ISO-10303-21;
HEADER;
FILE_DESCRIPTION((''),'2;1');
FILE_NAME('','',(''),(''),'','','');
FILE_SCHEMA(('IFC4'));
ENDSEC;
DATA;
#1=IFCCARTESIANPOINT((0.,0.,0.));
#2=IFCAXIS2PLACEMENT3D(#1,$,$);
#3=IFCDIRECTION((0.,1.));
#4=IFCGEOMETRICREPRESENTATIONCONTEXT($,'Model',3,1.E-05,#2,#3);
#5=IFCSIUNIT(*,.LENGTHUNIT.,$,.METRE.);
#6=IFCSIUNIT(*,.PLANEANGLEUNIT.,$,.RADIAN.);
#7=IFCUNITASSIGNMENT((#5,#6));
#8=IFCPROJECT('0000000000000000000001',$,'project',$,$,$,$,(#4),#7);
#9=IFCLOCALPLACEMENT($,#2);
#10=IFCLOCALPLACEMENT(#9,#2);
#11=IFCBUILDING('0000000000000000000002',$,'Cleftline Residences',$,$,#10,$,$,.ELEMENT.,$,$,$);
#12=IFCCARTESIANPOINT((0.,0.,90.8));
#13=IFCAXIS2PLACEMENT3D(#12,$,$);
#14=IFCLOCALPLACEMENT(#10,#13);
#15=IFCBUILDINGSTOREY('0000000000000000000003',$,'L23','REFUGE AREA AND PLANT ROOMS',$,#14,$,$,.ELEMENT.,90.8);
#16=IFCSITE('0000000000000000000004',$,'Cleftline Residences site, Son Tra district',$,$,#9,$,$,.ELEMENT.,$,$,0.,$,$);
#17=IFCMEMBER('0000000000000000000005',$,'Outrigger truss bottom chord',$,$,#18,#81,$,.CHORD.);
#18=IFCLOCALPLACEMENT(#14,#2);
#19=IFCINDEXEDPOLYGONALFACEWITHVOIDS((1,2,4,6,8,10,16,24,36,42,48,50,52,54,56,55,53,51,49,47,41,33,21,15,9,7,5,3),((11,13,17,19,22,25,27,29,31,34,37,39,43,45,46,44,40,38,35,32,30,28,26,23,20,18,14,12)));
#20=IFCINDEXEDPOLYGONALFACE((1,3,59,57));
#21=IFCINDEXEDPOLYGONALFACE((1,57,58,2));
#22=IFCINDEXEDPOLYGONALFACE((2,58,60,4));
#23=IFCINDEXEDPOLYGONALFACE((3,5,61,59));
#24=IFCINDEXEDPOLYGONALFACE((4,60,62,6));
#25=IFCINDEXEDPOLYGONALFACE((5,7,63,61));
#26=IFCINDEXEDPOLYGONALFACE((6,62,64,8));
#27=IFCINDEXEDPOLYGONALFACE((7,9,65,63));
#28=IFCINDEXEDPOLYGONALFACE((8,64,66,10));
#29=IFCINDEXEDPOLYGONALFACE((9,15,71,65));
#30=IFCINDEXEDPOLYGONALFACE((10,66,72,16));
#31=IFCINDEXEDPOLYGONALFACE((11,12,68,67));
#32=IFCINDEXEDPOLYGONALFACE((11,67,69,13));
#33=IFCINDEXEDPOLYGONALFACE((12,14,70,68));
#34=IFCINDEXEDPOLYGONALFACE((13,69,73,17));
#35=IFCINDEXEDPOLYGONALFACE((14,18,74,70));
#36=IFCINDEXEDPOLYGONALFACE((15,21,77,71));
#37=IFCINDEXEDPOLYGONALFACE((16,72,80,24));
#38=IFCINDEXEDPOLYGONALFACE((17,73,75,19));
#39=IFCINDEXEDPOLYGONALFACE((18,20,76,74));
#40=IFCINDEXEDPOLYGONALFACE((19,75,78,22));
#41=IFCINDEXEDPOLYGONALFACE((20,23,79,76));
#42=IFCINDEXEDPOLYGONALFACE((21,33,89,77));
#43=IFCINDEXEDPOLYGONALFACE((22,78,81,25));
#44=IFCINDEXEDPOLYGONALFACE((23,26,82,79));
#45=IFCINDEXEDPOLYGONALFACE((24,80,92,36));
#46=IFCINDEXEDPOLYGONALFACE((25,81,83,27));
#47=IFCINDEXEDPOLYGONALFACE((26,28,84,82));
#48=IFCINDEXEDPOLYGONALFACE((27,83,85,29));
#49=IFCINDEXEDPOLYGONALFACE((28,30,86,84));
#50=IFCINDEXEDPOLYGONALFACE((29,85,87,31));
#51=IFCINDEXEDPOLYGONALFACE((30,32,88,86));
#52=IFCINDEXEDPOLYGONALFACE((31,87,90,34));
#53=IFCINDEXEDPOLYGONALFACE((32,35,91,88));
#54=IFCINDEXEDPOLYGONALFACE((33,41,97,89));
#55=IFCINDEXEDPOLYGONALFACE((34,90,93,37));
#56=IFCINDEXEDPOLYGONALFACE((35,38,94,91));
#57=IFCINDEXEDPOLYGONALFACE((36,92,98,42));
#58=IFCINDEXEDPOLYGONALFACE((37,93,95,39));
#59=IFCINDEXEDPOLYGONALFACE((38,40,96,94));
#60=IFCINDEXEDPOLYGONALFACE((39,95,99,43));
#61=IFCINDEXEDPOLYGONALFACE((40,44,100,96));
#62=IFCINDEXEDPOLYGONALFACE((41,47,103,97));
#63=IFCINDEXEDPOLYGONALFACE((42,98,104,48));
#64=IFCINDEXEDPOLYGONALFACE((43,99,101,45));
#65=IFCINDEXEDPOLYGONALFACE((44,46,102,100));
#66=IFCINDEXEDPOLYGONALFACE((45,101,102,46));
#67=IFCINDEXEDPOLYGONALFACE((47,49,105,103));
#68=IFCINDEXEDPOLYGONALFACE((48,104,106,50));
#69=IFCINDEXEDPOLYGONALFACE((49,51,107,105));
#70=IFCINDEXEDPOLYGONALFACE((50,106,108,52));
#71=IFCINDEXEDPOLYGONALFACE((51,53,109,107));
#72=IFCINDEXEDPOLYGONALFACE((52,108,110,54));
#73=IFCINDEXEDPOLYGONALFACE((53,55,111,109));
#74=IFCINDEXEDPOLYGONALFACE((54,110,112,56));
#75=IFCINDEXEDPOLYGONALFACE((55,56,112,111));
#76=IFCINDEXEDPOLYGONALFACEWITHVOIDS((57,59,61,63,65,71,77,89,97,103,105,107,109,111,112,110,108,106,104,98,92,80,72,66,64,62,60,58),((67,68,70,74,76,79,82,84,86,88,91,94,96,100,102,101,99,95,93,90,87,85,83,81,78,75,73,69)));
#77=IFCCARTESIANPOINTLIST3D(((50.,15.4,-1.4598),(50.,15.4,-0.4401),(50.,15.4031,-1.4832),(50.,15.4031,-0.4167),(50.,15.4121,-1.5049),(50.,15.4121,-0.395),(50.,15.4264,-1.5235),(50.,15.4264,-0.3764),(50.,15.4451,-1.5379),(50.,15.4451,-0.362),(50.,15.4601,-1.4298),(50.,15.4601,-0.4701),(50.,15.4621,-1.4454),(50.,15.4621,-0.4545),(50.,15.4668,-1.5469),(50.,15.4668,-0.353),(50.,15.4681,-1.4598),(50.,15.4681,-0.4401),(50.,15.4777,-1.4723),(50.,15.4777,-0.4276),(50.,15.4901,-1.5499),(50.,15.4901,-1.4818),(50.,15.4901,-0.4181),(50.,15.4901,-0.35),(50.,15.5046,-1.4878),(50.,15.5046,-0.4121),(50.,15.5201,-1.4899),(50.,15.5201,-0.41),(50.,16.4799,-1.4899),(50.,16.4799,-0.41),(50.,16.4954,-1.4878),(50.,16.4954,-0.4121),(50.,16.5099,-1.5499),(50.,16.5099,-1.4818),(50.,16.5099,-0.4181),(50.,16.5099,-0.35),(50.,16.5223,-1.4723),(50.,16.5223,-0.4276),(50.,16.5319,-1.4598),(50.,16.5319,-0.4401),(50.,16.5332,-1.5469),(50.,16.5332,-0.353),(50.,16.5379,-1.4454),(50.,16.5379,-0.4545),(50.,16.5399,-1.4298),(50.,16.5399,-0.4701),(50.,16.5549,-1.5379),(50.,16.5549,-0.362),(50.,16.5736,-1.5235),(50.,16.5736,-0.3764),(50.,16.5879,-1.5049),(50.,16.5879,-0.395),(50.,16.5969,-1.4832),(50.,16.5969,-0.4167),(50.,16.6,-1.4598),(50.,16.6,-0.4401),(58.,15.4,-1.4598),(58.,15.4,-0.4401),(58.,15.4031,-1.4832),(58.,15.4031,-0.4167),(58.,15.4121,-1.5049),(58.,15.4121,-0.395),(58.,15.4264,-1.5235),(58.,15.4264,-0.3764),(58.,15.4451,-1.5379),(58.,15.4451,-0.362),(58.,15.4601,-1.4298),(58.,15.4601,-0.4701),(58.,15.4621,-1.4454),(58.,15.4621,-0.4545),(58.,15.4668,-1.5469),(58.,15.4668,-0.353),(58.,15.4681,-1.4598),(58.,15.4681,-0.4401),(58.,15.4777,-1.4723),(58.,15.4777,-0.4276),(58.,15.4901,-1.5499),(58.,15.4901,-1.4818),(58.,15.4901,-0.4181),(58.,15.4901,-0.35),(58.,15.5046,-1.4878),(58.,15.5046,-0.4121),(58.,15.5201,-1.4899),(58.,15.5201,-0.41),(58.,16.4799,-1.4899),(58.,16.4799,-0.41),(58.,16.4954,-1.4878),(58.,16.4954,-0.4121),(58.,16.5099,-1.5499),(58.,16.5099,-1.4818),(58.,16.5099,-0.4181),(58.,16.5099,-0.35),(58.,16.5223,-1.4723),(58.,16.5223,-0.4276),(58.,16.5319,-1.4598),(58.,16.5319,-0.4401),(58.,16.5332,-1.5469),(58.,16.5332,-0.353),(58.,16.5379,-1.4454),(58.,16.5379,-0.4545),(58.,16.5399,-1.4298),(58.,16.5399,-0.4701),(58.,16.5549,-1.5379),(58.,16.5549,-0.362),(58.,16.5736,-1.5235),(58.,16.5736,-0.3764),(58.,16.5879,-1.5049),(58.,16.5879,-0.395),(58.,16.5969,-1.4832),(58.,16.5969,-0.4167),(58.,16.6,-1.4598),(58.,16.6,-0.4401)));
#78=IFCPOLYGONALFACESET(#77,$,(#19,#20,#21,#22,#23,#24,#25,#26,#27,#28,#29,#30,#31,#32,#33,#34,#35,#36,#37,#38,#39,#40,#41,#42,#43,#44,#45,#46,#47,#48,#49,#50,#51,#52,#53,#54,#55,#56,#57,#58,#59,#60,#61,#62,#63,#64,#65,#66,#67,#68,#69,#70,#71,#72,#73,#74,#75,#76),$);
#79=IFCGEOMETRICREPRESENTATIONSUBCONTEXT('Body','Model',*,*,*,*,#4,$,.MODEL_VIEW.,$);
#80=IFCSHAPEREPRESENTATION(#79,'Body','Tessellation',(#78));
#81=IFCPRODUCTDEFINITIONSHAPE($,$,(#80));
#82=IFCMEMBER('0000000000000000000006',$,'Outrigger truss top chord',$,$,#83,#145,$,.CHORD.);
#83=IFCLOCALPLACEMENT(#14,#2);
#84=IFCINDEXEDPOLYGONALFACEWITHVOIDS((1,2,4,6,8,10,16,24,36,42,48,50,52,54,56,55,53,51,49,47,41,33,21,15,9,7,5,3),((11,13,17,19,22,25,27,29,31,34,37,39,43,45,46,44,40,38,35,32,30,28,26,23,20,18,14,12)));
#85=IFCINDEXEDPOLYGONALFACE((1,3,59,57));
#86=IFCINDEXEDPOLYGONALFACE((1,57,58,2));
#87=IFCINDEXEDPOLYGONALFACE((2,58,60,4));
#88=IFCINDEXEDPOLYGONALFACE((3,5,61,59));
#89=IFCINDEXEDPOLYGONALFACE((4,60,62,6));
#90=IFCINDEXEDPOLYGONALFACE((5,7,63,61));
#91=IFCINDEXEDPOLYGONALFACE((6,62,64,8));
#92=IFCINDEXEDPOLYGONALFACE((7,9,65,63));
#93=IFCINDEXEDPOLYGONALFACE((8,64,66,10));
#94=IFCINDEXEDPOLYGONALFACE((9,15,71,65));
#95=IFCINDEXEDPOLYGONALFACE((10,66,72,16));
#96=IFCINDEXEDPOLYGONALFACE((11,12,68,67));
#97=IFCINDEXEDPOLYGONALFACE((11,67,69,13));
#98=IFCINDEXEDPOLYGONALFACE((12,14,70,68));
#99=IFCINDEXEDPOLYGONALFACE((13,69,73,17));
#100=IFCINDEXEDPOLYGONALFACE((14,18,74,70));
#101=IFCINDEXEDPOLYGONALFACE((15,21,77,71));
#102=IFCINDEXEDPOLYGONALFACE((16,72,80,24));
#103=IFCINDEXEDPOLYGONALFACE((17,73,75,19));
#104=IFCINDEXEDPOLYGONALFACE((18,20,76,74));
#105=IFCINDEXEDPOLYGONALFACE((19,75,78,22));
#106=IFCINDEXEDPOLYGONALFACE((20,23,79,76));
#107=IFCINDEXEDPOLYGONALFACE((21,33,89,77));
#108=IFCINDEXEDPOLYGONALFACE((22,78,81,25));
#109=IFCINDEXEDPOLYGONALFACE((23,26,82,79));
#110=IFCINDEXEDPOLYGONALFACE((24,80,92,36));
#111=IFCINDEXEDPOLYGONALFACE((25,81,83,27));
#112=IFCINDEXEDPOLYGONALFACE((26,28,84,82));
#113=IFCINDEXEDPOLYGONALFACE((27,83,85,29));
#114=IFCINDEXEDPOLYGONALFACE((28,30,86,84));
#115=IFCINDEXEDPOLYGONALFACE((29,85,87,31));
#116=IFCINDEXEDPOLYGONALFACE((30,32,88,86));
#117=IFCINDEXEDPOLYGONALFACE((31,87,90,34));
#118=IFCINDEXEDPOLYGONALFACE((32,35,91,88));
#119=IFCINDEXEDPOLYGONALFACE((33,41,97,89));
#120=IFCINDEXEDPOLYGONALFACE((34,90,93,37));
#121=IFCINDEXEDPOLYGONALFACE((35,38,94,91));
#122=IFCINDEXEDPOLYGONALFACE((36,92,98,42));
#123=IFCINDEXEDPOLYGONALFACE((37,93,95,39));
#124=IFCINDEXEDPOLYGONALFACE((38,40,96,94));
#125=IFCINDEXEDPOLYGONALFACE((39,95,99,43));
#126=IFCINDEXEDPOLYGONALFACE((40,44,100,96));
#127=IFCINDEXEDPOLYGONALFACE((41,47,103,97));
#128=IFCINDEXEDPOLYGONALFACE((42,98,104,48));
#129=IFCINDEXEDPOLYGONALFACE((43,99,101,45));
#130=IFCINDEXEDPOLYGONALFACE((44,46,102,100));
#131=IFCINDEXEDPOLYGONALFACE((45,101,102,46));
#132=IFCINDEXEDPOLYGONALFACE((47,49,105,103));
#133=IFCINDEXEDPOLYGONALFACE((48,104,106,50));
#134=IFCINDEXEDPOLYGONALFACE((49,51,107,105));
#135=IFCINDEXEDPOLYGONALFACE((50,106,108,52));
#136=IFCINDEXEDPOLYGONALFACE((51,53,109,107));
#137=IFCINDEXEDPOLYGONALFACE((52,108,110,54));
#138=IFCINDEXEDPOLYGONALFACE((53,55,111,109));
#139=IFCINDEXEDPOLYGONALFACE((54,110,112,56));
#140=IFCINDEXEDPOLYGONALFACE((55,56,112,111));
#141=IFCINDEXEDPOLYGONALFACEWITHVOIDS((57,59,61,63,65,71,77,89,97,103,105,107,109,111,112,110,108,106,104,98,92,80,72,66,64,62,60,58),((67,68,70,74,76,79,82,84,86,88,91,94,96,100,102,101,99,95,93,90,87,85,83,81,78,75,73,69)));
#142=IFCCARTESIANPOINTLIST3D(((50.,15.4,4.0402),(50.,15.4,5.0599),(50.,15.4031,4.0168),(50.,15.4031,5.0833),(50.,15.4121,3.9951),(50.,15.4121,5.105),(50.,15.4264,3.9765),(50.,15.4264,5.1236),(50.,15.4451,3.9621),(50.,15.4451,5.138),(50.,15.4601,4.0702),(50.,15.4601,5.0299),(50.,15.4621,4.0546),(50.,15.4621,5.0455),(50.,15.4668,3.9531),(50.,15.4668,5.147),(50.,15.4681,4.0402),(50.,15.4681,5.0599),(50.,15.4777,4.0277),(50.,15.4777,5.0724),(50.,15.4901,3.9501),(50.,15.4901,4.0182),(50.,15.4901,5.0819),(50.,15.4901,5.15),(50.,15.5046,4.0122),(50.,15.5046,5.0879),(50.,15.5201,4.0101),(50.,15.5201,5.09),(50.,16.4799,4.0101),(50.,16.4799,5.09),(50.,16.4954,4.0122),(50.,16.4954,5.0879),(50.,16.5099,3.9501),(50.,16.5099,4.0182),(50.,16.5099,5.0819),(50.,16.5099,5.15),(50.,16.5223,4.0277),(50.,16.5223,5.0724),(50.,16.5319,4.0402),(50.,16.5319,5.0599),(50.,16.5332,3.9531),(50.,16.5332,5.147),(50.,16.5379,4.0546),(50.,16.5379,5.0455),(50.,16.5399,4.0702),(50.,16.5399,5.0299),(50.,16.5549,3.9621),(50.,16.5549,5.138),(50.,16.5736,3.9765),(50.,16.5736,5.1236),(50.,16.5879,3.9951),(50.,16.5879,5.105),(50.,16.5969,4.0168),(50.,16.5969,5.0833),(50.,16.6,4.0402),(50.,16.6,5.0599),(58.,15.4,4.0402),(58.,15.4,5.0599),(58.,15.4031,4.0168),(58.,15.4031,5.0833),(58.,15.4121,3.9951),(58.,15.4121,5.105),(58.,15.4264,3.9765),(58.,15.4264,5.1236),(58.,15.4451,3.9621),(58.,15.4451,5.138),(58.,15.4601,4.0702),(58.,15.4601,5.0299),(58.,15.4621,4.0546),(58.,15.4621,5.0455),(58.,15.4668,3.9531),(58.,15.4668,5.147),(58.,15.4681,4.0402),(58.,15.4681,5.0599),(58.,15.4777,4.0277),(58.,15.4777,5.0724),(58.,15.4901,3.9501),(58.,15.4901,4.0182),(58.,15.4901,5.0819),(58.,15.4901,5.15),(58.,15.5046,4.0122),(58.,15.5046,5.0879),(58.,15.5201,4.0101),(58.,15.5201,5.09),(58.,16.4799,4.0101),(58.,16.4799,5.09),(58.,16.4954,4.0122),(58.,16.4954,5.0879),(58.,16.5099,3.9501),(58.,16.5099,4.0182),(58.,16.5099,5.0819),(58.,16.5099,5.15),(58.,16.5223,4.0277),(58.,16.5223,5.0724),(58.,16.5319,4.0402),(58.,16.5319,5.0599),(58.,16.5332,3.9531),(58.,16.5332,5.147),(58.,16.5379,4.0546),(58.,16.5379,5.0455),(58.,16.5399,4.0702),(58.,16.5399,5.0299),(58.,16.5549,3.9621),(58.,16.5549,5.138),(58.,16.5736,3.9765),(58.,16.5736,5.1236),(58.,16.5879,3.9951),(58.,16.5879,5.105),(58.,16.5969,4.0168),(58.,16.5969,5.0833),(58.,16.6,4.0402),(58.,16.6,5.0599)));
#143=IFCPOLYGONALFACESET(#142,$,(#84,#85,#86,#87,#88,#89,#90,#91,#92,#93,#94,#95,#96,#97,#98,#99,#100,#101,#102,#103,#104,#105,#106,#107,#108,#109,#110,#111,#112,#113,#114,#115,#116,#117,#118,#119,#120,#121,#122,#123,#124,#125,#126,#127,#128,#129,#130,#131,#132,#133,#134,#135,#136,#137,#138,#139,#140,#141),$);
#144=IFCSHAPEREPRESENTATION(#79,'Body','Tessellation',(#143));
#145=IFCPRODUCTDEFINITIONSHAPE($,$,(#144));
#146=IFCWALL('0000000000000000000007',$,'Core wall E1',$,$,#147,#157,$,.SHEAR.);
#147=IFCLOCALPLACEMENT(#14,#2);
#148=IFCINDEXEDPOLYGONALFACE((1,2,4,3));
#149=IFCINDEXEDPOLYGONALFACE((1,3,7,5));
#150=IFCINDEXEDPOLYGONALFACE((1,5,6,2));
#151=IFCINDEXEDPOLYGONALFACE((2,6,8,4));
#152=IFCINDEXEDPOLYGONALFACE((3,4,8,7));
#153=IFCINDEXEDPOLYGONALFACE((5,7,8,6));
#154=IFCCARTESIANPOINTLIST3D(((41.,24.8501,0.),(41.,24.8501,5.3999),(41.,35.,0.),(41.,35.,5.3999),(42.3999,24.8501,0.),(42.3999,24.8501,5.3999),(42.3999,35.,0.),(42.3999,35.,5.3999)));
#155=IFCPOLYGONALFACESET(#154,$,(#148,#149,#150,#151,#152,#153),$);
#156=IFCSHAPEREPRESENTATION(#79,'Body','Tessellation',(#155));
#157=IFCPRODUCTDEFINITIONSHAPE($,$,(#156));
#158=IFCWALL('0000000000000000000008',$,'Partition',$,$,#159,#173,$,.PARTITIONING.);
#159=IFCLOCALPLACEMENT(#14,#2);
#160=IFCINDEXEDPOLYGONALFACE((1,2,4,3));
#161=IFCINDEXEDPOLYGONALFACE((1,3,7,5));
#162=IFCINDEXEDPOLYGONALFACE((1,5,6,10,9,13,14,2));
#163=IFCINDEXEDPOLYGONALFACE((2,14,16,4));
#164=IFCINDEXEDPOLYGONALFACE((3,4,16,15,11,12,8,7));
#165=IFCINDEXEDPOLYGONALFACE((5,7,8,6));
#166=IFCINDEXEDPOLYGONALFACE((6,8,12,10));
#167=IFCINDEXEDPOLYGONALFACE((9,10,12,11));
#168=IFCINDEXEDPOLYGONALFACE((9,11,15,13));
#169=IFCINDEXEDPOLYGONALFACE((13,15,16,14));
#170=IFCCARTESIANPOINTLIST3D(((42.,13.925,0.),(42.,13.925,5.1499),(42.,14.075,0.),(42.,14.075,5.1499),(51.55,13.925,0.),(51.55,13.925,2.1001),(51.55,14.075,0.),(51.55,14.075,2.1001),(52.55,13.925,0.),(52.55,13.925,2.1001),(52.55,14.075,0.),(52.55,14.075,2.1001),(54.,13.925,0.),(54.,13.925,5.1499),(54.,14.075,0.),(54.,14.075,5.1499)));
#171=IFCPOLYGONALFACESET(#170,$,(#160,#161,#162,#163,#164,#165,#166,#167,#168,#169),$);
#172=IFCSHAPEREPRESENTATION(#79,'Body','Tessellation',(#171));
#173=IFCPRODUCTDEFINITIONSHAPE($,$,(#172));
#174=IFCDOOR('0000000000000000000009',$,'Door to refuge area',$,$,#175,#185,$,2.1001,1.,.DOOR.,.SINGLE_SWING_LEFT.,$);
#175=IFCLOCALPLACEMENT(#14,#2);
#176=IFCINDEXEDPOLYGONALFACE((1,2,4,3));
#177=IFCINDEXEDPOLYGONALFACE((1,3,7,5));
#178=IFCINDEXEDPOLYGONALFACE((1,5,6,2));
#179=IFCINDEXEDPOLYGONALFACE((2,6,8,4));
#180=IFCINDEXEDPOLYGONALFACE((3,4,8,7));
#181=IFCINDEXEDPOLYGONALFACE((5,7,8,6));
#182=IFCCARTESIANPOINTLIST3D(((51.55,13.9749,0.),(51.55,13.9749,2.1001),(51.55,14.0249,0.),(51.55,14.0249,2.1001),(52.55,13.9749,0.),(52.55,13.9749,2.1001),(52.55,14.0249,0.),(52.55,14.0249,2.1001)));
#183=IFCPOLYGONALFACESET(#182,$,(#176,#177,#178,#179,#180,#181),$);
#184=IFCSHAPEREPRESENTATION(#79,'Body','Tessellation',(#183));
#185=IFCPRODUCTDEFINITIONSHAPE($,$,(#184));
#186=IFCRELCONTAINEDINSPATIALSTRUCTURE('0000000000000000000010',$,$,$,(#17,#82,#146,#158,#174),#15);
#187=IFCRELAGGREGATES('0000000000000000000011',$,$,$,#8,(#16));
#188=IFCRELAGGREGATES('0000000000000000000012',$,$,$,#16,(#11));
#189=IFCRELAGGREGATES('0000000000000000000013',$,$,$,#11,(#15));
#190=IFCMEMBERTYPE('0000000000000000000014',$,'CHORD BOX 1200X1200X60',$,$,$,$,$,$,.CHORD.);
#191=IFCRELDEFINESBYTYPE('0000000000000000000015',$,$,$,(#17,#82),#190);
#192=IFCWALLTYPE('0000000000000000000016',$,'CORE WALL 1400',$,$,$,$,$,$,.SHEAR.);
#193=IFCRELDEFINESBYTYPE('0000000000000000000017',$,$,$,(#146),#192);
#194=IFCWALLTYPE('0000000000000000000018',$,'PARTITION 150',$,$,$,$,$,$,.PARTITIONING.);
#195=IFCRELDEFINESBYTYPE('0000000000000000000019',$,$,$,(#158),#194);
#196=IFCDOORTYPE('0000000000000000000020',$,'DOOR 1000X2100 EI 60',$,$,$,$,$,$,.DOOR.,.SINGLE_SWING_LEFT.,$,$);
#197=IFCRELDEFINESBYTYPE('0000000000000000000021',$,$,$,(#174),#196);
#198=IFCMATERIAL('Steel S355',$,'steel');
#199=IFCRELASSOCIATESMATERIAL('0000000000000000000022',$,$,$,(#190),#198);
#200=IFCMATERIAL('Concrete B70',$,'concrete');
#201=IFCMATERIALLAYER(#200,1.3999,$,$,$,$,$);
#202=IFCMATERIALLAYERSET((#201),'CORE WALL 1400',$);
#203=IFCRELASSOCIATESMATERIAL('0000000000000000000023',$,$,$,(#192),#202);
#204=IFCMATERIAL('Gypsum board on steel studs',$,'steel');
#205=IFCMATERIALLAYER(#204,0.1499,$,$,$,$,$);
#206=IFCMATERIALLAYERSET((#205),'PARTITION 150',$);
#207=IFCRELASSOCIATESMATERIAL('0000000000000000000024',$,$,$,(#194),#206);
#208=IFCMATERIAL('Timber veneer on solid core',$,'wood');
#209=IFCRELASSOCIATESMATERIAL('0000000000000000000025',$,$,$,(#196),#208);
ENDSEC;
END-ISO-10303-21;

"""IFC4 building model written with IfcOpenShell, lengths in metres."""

from ifc_helpers import new_model, si_unit, direction, frame, frame_2d, origin, origin_2d, place, context, subcontext, project, spatial, rectangle, hollow_rectangle, extrude, material, layer, layer_set, material_profile, profile_set, type_object, element, fill, save


model = new_model("IFC4")

# Units and contexts
model_context = context("Model", 3, precision=1e-05, world=origin(), true_north=direction((0.0, 1.0)))
body_context = subcontext(model_context, "Body", "Model", "MODEL_VIEW")
ifc_project = project(units=[si_unit("LENGTHUNIT", "METRE"), si_unit("PLANEANGLEUNIT", "RADIAN")], contexts=[model_context])

# Site, building, storey
site_placement = place(None, origin())
site = spatial("IfcSite", under=ifc_project, at=site_placement, Name="Cleftline Residences site, Son Tra district", CompositionType="ELEMENT", RefElevation=0.0)
building_placement = place(site_placement, origin())
building = spatial("IfcBuilding", under=site, at=building_placement, Name="Cleftline Residences", CompositionType="ELEMENT")
storey_placement = place(building_placement, frame((0.0, 0.0, 90.8)))
storey = spatial("IfcBuildingStorey", under=building, at=storey_placement, Name="L23", Description="REFUGE AREA AND PLANT ROOMS", CompositionType="ELEMENT", Elevation=90.8)

# Members
ifc_material_1 = material(Name="Steel S355", Category="steel")
ifc_material_profile_1 = material_profile(ifc_material_1, hollow_rectangle(XDim=1.2, YDim=1.2, WallThickness=0.0601, InnerFilletRadius=0.0601, OuterFilletRadius=0.0901, at=origin_2d()))
ifc_profile_set_1 = profile_set([ifc_material_profile_1], Name="Steel S355")
member_type_1 = type_object("IfcMemberType", Name="CHORD BOX 1200X1200X60", PredefinedType="CHORD", material=ifc_profile_set_1)
for number, where, z_axis, x_axis, name in (
    (1, (50.0, 16.0, -0.95), (1.0, 0.0, 0.0), (0.0, 1.0, 0.0), "Outrigger truss bottom chord"),
    (2, (50.0, 16.0, 4.55), (1.0, 0.0, 0.0), (0.0, 1.0, 0.0), "Outrigger truss top chord"),
):
    element("IfcMember", number, at=place(storey_placement, frame(where, z_axis=z_axis, x_axis=x_axis)), inside=storey, type_object=member_type_1, Name=name, PredefinedType="CHORD", context=body_context, shape_type="SweptSolid", body=[
        extrude(hollow_rectangle(XDim=1.2, YDim=1.2, WallThickness=0.0601, InnerFilletRadius=0.0601, OuterFilletRadius=0.0901, at=origin_2d()), origin(), (0.0, 0.0, 1.0), 8.0),
    ])

# Wall
ifc_material_2 = material(Name="Concrete B70", Category="concrete")
ifc_layer_1 = layer(ifc_material_2, 1.3999)
ifc_layer_set_1 = layer_set([ifc_layer_1], Name="CORE WALL 1400")
wall_type_1 = type_object("IfcWallType", Name="CORE WALL 1400", PredefinedType="SHEAR", material=ifc_layer_set_1)
wall_1_placement = place(storey_placement, frame((41.7, 24.8501, 0.0), z_axis=(0.0, 0.0, 1.0), x_axis=(0.0, 1.0, 0.0)))
element("IfcWall", 3, at=wall_1_placement, inside=storey, type_object=wall_type_1, Name="Core wall E1", PredefinedType="SHEAR", context=body_context, shape_type="SweptSolid", body=[
    extrude(rectangle(XDim=10.1499, YDim=1.3999, at=frame_2d((5.075, 0.0))), origin(), (0.0, 0.0, 1.0), 5.3999),
])

# Wall, opening, door
ifc_material_3 = material(Name="Gypsum board on steel studs", Category="steel")
ifc_layer_2 = layer(ifc_material_3, 0.1499)
ifc_layer_set_2 = layer_set([ifc_layer_2], Name="PARTITION 150")
wall_type_2 = type_object("IfcWallType", Name="PARTITION 150", PredefinedType="PARTITIONING", material=ifc_layer_set_2)
wall_2_placement = place(storey_placement, frame((42.0, 14.0, 0.0), z_axis=(0.0, 0.0, 1.0), x_axis=(1.0, 0.0, 0.0)))
wall_2 = element("IfcWall", 4, at=wall_2_placement, inside=storey, type_object=wall_type_2, Name="Partition", PredefinedType="PARTITIONING", context=body_context, shape_type="SweptSolid", body=[
    extrude(rectangle(XDim=12.0, YDim=0.1499, at=frame_2d((6.0, 0.0))), origin(), (0.0, 0.0, 1.0), 5.1499),
])
opening_1_placement = place(wall_2_placement, frame((9.55, 0.0, 0.0)))
opening_1 = element("IfcOpeningElement", 5, at=opening_1_placement, cuts=wall_2, PredefinedType="OPENING", context=body_context, shape_type="SweptSolid", body=[
    extrude(rectangle(XDim=1.0, YDim=2.1001, at=frame_2d((0.5, 1.05))), frame((0.0, 0.085, 0.0), z_axis=(0.0, -1.0, 0.0), x_axis=(1.0, 0.0, 0.0)), (0.0, 0.0, 1.0), 0.1699),
])
ifc_material_4 = material(Name="Timber veneer on solid core", Category="wood")
door_type_1 = type_object("IfcDoorType", Name="DOOR 1000X2100 EI 60", OperationType="SINGLE_SWING_LEFT", PredefinedType="DOOR", material=ifc_material_4)
door_1_placement = place(opening_1_placement, origin())
door_1 = element("IfcDoor", 6, at=door_1_placement, inside=storey, type_object=door_type_1, Name="Door to refuge area", OperationType="SINGLE_SWING_LEFT", OverallHeight=2.1001, OverallWidth=1.0, PredefinedType="DOOR", context=body_context, shape_type="SweptSolid", body=[
    extrude(rectangle(XDim=1.0, YDim=2.1001, at=frame_2d((0.5, 1.05))), frame((0.0, 0.0249, 0.0), z_axis=(0.0, -1.0, 0.0), x_axis=(1.0, 0.0, 0.0)), (0.0, 0.0, 1.0), 0.05),
])
fill(opening_1, door_1)

save(model, "model.ifc")
